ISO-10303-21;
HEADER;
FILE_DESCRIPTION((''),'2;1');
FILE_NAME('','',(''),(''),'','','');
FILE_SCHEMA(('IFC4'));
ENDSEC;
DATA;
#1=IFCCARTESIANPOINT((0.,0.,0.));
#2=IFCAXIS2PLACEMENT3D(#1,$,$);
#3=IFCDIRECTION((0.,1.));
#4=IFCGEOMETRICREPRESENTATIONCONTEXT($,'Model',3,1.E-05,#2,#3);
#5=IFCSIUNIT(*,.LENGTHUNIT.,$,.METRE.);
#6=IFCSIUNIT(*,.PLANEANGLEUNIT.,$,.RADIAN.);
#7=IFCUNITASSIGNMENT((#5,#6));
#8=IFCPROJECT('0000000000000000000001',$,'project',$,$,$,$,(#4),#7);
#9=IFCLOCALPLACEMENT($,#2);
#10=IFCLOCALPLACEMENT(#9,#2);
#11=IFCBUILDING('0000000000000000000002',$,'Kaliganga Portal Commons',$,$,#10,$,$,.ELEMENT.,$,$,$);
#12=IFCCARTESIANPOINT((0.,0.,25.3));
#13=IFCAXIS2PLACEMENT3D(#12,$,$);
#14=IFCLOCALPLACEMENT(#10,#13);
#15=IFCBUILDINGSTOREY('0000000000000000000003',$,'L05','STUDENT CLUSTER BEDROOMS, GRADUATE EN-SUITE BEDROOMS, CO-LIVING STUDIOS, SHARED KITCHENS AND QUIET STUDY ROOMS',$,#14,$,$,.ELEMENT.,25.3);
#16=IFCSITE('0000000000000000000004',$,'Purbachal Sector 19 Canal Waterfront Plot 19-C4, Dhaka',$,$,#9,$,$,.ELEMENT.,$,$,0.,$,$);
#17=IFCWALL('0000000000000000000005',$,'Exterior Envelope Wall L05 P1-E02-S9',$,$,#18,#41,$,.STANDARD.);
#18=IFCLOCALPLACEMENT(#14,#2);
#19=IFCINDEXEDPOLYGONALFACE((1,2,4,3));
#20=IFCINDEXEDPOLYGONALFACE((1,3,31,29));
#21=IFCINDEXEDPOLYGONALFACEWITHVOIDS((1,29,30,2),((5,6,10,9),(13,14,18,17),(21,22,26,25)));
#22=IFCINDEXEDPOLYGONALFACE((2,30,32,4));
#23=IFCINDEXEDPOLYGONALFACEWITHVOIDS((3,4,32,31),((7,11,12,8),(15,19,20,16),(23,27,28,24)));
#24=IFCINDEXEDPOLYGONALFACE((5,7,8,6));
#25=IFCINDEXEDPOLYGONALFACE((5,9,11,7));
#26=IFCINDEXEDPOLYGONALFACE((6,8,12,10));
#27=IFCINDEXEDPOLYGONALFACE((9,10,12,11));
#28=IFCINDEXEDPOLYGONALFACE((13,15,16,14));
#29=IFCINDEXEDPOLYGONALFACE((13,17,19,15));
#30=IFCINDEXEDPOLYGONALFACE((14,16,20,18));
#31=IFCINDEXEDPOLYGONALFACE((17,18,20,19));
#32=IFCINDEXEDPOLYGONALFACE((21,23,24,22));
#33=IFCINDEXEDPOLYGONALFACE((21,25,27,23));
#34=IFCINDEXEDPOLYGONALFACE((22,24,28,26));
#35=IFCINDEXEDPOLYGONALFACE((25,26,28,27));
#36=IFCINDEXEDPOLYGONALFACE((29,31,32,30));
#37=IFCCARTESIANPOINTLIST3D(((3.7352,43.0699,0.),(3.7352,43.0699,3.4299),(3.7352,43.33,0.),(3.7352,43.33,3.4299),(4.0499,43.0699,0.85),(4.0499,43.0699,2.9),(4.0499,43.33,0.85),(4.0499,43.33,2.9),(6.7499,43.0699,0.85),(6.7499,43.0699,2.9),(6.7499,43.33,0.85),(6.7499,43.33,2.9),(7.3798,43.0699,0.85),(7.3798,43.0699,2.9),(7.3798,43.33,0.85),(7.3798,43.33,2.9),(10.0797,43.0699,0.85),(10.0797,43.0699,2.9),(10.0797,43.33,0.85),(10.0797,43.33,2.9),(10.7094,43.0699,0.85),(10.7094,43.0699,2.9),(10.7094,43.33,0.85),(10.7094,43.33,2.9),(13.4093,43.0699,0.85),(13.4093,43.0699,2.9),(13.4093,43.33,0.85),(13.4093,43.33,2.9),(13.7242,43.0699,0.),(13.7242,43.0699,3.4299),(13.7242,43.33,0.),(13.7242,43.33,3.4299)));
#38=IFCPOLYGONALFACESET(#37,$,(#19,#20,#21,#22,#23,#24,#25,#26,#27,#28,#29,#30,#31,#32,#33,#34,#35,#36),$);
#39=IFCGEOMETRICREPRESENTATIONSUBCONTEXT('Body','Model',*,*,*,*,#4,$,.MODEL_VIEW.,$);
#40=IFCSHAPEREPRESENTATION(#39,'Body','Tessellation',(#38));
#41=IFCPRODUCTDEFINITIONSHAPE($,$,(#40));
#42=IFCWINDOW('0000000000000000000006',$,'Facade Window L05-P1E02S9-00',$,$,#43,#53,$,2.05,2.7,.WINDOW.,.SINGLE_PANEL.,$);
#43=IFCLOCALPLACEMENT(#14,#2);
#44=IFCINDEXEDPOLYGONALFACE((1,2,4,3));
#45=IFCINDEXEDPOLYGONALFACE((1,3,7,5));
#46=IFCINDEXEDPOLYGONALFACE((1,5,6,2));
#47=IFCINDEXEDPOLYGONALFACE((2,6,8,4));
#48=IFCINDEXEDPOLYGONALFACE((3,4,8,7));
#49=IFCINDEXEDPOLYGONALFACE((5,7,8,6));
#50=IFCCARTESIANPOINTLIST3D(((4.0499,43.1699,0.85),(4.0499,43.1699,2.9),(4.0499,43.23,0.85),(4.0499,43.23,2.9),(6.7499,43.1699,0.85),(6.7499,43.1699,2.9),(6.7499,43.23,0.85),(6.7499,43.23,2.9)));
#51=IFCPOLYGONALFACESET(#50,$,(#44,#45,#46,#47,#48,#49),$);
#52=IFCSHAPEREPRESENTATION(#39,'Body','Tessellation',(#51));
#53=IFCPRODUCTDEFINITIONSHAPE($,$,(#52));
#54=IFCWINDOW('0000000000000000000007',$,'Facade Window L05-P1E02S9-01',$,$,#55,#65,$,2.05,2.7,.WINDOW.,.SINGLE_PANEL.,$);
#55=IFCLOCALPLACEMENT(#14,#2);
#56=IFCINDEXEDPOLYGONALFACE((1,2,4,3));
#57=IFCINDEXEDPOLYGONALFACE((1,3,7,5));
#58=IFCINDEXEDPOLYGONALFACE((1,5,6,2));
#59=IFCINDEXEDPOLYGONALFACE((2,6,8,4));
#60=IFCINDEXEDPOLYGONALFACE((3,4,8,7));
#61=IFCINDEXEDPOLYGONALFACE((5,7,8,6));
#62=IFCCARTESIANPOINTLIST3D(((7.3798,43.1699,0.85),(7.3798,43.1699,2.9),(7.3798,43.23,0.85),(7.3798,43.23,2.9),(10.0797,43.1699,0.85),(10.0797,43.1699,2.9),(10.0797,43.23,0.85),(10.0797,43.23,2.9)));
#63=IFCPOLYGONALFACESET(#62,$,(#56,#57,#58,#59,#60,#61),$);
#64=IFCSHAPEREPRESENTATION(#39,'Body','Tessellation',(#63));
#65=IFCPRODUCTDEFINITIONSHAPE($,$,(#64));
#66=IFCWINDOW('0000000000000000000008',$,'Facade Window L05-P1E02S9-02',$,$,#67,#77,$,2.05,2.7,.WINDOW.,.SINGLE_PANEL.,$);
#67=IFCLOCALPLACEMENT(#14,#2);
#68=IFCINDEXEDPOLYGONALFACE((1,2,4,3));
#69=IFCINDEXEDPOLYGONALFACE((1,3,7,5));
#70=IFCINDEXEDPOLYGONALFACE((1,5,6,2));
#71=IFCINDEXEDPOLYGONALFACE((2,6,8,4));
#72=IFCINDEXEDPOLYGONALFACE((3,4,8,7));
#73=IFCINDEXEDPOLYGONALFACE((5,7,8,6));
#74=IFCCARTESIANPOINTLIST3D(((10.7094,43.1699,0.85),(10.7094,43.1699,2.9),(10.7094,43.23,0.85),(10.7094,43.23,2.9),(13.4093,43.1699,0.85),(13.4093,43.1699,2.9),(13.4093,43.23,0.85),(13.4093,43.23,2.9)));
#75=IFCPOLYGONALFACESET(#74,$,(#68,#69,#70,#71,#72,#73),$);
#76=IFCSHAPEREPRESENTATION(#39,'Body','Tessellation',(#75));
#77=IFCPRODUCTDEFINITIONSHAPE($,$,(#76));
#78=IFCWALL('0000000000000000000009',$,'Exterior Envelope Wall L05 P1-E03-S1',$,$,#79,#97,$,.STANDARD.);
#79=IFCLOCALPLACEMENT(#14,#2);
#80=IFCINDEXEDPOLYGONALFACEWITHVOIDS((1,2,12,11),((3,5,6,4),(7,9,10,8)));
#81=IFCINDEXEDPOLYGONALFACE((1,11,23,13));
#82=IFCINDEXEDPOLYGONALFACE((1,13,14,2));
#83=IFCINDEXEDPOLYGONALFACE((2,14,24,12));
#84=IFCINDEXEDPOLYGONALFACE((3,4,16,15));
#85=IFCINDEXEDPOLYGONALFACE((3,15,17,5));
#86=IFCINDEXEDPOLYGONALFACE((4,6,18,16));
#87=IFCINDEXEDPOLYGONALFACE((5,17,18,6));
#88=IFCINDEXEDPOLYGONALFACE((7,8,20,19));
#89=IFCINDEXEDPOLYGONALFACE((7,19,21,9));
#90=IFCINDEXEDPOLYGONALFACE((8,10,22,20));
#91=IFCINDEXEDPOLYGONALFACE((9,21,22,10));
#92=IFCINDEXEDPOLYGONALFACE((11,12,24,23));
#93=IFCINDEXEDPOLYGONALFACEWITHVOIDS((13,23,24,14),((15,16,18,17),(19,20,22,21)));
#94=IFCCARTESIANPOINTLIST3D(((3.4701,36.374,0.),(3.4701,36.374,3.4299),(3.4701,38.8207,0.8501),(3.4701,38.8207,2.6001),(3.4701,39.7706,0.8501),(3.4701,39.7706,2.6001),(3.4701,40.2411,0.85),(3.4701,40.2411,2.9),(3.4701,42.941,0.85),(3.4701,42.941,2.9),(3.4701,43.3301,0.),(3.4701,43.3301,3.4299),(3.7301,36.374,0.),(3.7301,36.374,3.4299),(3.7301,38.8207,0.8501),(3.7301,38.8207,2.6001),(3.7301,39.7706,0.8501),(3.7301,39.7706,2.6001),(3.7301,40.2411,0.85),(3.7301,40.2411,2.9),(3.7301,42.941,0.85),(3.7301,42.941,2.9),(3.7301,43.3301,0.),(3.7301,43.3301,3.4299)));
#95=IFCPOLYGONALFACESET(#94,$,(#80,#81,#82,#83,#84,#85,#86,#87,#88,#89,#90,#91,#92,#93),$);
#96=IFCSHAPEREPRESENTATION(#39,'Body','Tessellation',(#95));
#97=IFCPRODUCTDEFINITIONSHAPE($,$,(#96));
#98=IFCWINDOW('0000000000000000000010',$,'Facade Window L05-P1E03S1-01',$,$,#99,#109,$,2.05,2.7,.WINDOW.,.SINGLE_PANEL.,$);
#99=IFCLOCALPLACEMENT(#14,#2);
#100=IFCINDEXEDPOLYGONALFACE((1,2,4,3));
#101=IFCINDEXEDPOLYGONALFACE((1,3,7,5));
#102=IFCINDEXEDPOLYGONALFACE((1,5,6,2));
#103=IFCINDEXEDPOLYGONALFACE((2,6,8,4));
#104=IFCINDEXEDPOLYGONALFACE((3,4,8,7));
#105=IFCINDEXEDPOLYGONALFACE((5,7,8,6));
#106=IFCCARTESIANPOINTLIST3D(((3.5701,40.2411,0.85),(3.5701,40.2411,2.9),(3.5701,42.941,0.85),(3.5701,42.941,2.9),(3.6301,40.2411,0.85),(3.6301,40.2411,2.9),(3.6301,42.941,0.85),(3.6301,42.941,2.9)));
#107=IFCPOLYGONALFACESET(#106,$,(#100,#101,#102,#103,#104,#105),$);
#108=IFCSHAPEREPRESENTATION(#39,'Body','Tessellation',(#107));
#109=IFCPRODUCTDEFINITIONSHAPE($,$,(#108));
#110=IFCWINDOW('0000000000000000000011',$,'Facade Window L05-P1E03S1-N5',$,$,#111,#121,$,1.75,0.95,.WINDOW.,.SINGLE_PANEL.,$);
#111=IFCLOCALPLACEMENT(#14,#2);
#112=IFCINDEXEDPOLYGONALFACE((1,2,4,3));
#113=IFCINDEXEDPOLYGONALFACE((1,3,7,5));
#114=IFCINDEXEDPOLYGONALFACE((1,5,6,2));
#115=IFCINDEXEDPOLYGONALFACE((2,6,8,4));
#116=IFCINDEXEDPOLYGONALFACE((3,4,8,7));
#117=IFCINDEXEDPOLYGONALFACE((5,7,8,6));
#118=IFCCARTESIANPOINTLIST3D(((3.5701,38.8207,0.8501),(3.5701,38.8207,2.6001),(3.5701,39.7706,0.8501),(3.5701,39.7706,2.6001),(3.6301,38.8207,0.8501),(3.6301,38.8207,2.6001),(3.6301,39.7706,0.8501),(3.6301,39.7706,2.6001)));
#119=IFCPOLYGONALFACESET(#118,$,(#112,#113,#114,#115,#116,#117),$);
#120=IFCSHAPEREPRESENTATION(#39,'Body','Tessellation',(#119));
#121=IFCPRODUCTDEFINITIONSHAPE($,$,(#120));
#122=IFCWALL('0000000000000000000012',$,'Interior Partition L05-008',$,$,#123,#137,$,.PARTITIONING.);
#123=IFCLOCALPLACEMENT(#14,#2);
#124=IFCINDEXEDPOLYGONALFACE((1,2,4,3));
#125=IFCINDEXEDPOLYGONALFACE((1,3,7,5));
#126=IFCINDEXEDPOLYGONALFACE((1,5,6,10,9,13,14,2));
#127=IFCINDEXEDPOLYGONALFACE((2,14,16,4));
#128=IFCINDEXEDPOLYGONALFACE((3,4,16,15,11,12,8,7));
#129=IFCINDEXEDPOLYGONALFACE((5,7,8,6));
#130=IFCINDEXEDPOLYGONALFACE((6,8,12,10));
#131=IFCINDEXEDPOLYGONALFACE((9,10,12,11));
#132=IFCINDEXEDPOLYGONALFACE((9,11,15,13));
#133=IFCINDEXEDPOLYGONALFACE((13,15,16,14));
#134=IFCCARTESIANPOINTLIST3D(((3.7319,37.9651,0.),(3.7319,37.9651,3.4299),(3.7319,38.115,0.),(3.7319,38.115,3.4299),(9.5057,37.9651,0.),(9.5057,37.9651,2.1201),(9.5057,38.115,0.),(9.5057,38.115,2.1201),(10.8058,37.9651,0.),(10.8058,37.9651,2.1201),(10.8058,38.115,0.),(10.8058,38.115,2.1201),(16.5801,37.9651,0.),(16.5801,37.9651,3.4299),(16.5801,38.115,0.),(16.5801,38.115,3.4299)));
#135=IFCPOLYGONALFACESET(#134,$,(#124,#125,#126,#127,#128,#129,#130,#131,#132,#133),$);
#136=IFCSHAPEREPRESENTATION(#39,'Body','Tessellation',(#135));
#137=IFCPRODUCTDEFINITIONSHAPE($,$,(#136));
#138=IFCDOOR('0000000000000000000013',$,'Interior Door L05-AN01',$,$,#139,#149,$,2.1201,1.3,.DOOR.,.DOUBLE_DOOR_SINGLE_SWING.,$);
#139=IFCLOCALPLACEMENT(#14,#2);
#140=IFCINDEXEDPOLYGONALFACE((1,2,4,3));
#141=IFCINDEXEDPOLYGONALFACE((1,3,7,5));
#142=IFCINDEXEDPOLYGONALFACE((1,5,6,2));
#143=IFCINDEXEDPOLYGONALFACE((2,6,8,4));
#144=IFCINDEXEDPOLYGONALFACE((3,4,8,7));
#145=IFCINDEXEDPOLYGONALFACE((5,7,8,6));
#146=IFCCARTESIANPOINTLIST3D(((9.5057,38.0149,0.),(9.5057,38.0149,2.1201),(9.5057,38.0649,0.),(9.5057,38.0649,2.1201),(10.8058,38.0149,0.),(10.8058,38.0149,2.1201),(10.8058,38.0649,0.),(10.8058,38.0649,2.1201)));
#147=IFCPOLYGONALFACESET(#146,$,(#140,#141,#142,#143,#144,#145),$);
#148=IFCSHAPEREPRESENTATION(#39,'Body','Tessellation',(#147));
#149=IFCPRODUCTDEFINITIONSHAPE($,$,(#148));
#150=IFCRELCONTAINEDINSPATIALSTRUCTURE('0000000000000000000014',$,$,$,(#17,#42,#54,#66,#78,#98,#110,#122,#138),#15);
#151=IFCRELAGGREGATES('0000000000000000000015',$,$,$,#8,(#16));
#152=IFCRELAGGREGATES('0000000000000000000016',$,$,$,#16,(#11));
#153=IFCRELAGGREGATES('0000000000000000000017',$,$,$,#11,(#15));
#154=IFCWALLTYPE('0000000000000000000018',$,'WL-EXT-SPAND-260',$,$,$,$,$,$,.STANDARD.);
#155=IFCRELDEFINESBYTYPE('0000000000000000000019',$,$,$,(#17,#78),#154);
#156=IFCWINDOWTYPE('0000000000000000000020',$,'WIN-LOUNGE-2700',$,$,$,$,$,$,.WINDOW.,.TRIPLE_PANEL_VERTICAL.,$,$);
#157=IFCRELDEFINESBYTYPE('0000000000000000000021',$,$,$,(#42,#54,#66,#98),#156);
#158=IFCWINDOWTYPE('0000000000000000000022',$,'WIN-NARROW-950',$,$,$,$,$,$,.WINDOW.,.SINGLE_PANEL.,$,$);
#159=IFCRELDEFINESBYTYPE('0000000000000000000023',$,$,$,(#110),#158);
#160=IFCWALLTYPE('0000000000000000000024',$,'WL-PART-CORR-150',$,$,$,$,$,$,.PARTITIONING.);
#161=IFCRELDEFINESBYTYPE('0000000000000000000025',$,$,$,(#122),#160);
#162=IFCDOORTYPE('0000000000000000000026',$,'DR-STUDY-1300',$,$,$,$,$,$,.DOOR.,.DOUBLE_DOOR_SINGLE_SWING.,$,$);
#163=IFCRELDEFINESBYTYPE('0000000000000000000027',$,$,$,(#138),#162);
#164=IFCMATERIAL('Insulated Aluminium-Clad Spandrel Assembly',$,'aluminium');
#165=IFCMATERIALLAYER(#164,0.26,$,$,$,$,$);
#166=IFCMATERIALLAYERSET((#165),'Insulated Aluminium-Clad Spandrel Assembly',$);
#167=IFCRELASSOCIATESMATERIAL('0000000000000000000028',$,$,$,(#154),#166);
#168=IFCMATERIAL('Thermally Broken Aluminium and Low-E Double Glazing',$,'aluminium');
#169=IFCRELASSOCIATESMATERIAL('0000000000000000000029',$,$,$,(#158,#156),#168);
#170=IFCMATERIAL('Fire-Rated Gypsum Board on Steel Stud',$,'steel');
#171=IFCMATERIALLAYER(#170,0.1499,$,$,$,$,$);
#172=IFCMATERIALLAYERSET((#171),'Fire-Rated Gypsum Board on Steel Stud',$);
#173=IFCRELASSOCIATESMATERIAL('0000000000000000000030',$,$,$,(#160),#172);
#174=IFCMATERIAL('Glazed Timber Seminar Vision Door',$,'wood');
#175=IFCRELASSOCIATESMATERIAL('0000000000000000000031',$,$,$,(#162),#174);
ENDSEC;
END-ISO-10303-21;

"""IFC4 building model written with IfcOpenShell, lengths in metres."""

from ifc_helpers import new_model, si_unit, direction, frame, frame_2d, origin, place, context, subcontext, project, spatial, rectangle, extrude, material, layer, layer_set, type_object, element, fill, save


model = new_model("IFC4")

# Units and contexts
model_context = context("Model", 3, precision=1e-05, world=origin(), true_north=direction((0.0, 1.0)))
body_context = subcontext(model_context, "Body", "Model", "MODEL_VIEW")
ifc_project = project(units=[si_unit("LENGTHUNIT", "METRE"), si_unit("PLANEANGLEUNIT", "RADIAN")], contexts=[model_context])

# Site, building, storey
site_placement = place(None, origin())
site = spatial("IfcSite", under=ifc_project, at=site_placement, Name="Purbachal Sector 19 Canal Waterfront Plot 19-C4, Dhaka", CompositionType="ELEMENT", RefElevation=0.0)
building_placement = place(site_placement, origin())
building = spatial("IfcBuilding", under=site, at=building_placement, Name="Kaliganga Portal Commons", CompositionType="ELEMENT")
storey_placement = place(building_placement, frame((0.0, 0.0, 25.3)))
storey = spatial("IfcBuildingStorey", under=building, at=storey_placement, Name="L05", Description="STUDENT CLUSTER BEDROOMS, GRADUATE EN-SUITE BEDROOMS, CO-LIVING STUDIOS, SHARED KITCHENS AND QUIET STUDY ROOMS", CompositionType="ELEMENT", Elevation=25.3)

# Shared definitions
ifc_material_1 = material(Name="Insulated Aluminium-Clad Spandrel Assembly", Category="aluminium")
ifc_layer_1 = layer(ifc_material_1, 0.26)
ifc_layer_set_1 = layer_set([ifc_layer_1], Name="Insulated Aluminium-Clad Spandrel Assembly")
wall_type_1 = type_object("IfcWallType", Name="WL-EXT-SPAND-260", PredefinedType="STANDARD", material=ifc_layer_set_1)
ifc_material_2 = material(Name="Thermally Broken Aluminium and Low-E Double Glazing", Category="aluminium")
window_type_1 = type_object("IfcWindowType", Name="WIN-NARROW-950", PartitioningType="SINGLE_PANEL", PredefinedType="WINDOW", material=ifc_material_2)

# Walls, openings, windows
wall_1_placement = place(storey_placement, frame((3.7351, 43.2, 0.0), z_axis=(0.0, 0.0, 1.0), x_axis=(1.0, 0.0, 0.0)))
wall_1 = element("IfcWall", 1, at=wall_1_placement, inside=storey, type_object=wall_type_1, Name="Exterior Envelope Wall L05 P1-E02-S9", PredefinedType="STANDARD", context=body_context, shape_type="SweptSolid", body=[
    extrude(rectangle(XDim=9.989, YDim=0.26, at=frame_2d((4.9946, 0.0))), origin(), (0.0, 0.0, 1.0), 3.4299),
])
opening_1_placement = place(wall_1_placement, frame((0.3147, 0.0, 0.8501)))
opening_1 = element("IfcOpeningElement", 2, at=opening_1_placement, cuts=wall_1, PredefinedType="OPENING", context=body_context, shape_type="SweptSolid", body=[
    extrude(rectangle(XDim=2.7, YDim=2.05, at=frame_2d((1.3501, 1.0249))), frame((0.0, 0.1401, 0.0), z_axis=(0.0, -1.0, 0.0), x_axis=(1.0, 0.0, 0.0)), (0.0, 0.0, 1.0), 0.28),
])
opening_2_placement = place(wall_1_placement, frame((3.6445, 0.0, 0.8501)))
opening_2 = element("IfcOpeningElement", 3, at=opening_2_placement, cuts=wall_1, PredefinedType="OPENING", context=body_context, shape_type="SweptSolid", body=[
    extrude(rectangle(XDim=2.7, YDim=2.05, at=frame_2d((1.3501, 1.0249))), frame((0.0, 0.1401, 0.0), z_axis=(0.0, -1.0, 0.0), x_axis=(1.0, 0.0, 0.0)), (0.0, 0.0, 1.0), 0.28),
])
opening_3_placement = place(wall_1_placement, frame((6.9741, 0.0, 0.8501)))
opening_3 = element("IfcOpeningElement", 4, at=opening_3_placement, cuts=wall_1, PredefinedType="OPENING", context=body_context, shape_type="SweptSolid", body=[
    extrude(rectangle(XDim=2.7, YDim=2.05, at=frame_2d((1.3501, 1.0249))), frame((0.0, 0.1401, 0.0), z_axis=(0.0, -1.0, 0.0), x_axis=(1.0, 0.0, 0.0)), (0.0, 0.0, 1.0), 0.28),
])
window_type_2 = type_object("IfcWindowType", Name="WIN-LOUNGE-2700", PartitioningType="TRIPLE_PANEL_VERTICAL", PredefinedType="WINDOW", material=ifc_material_2)
window_1_placement = place(opening_1_placement, origin())
window_1 = element("IfcWindow", 5, at=window_1_placement, inside=storey, type_object=window_type_2, Name="Facade Window L05-P1E02S9-00", OverallHeight=2.05, OverallWidth=2.7, PartitioningType="SINGLE_PANEL", PredefinedType="WINDOW", context=body_context, shape_type="SweptSolid", body=[
    extrude(rectangle(XDim=2.7, YDim=2.05, at=frame_2d((1.3501, 1.0249))), frame((0.0, 0.03, 0.0), z_axis=(0.0, -1.0, 0.0), x_axis=(1.0, 0.0, 0.0)), (0.0, 0.0, 1.0), 0.0601),
])
fill(opening_1, window_1)
window_2_placement = place(opening_2_placement, origin())
window_2 = element("IfcWindow", 6, at=window_2_placement, inside=storey, type_object=window_type_2, Name="Facade Window L05-P1E02S9-01", OverallHeight=2.05, OverallWidth=2.7, PartitioningType="SINGLE_PANEL", PredefinedType="WINDOW", context=body_context, shape_type="SweptSolid", body=[
    extrude(rectangle(XDim=2.7, YDim=2.05, at=frame_2d((1.3501, 1.0249))), frame((0.0, 0.03, 0.0), z_axis=(0.0, -1.0, 0.0), x_axis=(1.0, 0.0, 0.0)), (0.0, 0.0, 1.0), 0.0601),
])
fill(opening_2, window_2)
window_3_placement = place(opening_3_placement, origin())
window_3 = element("IfcWindow", 7, at=window_3_placement, inside=storey, type_object=window_type_2, Name="Facade Window L05-P1E02S9-02", OverallHeight=2.05, OverallWidth=2.7, PartitioningType="SINGLE_PANEL", PredefinedType="WINDOW", context=body_context, shape_type="SweptSolid", body=[
    extrude(rectangle(XDim=2.7, YDim=2.05, at=frame_2d((1.3501, 1.0249))), frame((0.0, 0.03, 0.0), z_axis=(0.0, -1.0, 0.0), x_axis=(1.0, 0.0, 0.0)), (0.0, 0.0, 1.0), 0.0601),
])
fill(opening_3, window_3)
wall_2_placement = place(storey_placement, frame((3.6001, 36.374, 0.0), z_axis=(0.0, 0.0, 1.0), x_axis=(0.0, 1.0, 0.0)))
wall_2 = element("IfcWall", 8, at=wall_2_placement, inside=storey, type_object=wall_type_1, Name="Exterior Envelope Wall L05 P1-E03-S1", PredefinedType="STANDARD", context=body_context, shape_type="SweptSolid", body=[
    extrude(rectangle(XDim=6.9561, YDim=0.26, at=frame_2d((3.478, 0.0))), origin(), (0.0, 0.0, 1.0), 3.4299),
])
opening_4_placement = place(wall_2_placement, frame((3.8669, 0.0, 0.8501)))
opening_4 = element("IfcOpeningElement", 9, at=opening_4_placement, cuts=wall_2, PredefinedType="OPENING", context=body_context, shape_type="SweptSolid", body=[
    extrude(rectangle(XDim=2.7, YDim=2.05, at=frame_2d((1.3501, 1.0249))), frame((0.0, 0.1401, 0.0), z_axis=(0.0, -1.0, 0.0), x_axis=(1.0, 0.0, 0.0)), (0.0, 0.0, 1.0), 0.28),
])
opening_5_placement = place(wall_2_placement, frame((2.4465, 0.0, 0.8501)))
opening_5 = element("IfcOpeningElement", 10, at=opening_5_placement, cuts=wall_2, PredefinedType="OPENING", context=body_context, shape_type="SweptSolid", body=[
    extrude(rectangle(XDim=0.95, YDim=1.75, at=frame_2d((0.4751, 0.875))), frame((0.0, 0.1401, 0.0), z_axis=(0.0, -1.0, 0.0), x_axis=(1.0, 0.0, 0.0)), (0.0, 0.0, 1.0), 0.28),
])
window_4_placement = place(opening_4_placement, origin())
window_4 = element("IfcWindow", 11, at=window_4_placement, inside=storey, type_object=window_type_2, Name="Facade Window L05-P1E03S1-01", OverallHeight=2.05, OverallWidth=2.7, PartitioningType="SINGLE_PANEL", PredefinedType="WINDOW", context=body_context, shape_type="SweptSolid", body=[
    extrude(rectangle(XDim=2.7, YDim=2.05, at=frame_2d((1.3501, 1.0249))), frame((0.0, 0.03, 0.0), z_axis=(0.0, -1.0, 0.0), x_axis=(1.0, 0.0, 0.0)), (0.0, 0.0, 1.0), 0.0601),
])
fill(opening_4, window_4)
window_5_placement = place(opening_5_placement, origin())
window_5 = element("IfcWindow", 12, at=window_5_placement, inside=storey, type_object=window_type_1, Name="Facade Window L05-P1E03S1-N5", OverallHeight=1.75, OverallWidth=0.95, PartitioningType="SINGLE_PANEL", PredefinedType="WINDOW", context=body_context, shape_type="SweptSolid", body=[
    extrude(rectangle(XDim=0.95, YDim=1.75, at=frame_2d((0.4751, 0.875))), frame((0.0, 0.03, 0.0), z_axis=(0.0, -1.0, 0.0), x_axis=(1.0, 0.0, 0.0)), (0.0, 0.0, 1.0), 0.0601),
])
fill(opening_5, window_5)

# Wall, opening, door
ifc_material_3 = material(Name="Fire-Rated Gypsum Board on Steel Stud", Category="steel")
ifc_layer_2 = layer(ifc_material_3, 0.1499)
ifc_layer_set_2 = layer_set([ifc_layer_2], Name="Fire-Rated Gypsum Board on Steel Stud")
wall_type_2 = type_object("IfcWallType", Name="WL-PART-CORR-150", PredefinedType="PARTITIONING", material=ifc_layer_set_2)
wall_3_placement = place(storey_placement, frame((3.7319, 38.04, 0.0), z_axis=(0.0, 0.0, 1.0), x_axis=(1.0, 0.0, 0.0)))
wall_3 = element("IfcWall", 13, at=wall_3_placement, inside=storey, type_object=wall_type_2, Name="Interior Partition L05-008", PredefinedType="PARTITIONING", context=body_context, shape_type="SweptSolid", body=[
    extrude(rectangle(XDim=12.8481, YDim=0.1499, at=frame_2d((6.4241, 0.0))), origin(), (0.0, 0.0, 1.0), 3.4299),
])
opening_6_placement = place(wall_3_placement, frame((5.7739, 0.0, 0.0)))
opening_6 = element("IfcOpeningElement", 14, at=opening_6_placement, cuts=wall_3, PredefinedType="OPENING", context=body_context, shape_type="SweptSolid", body=[
    extrude(rectangle(XDim=1.3, YDim=2.1201, at=frame_2d((0.6499, 1.0601))), frame((0.0, 0.085, 0.0), z_axis=(0.0, -1.0, 0.0), x_axis=(1.0, 0.0, 0.0)), (0.0, 0.0, 1.0), 0.1699),
])
ifc_material_4 = material(Name="Glazed Timber Seminar Vision Door", Category="wood")
door_type_1 = type_object("IfcDoorType", Name="DR-STUDY-1300", OperationType="DOUBLE_DOOR_SINGLE_SWING", PredefinedType="DOOR", material=ifc_material_4)
door_1_placement = place(opening_6_placement, origin())
door_1 = element("IfcDoor", 15, at=door_1_placement, inside=storey, type_object=door_type_1, Name="Interior Door L05-AN01", OperationType="DOUBLE_DOOR_SINGLE_SWING", OverallHeight=2.1201, OverallWidth=1.3, PredefinedType="DOOR", context=body_context, shape_type="SweptSolid", body=[
    extrude(rectangle(XDim=1.3, YDim=2.1201, at=frame_2d((0.6499, 1.0601))), frame((0.0, 0.0249, 0.0), z_axis=(0.0, -1.0, 0.0), x_axis=(1.0, 0.0, 0.0)), (0.0, 0.0, 1.0), 0.05),
])
fill(opening_6, door_1)

save(model, "model.ifc")
